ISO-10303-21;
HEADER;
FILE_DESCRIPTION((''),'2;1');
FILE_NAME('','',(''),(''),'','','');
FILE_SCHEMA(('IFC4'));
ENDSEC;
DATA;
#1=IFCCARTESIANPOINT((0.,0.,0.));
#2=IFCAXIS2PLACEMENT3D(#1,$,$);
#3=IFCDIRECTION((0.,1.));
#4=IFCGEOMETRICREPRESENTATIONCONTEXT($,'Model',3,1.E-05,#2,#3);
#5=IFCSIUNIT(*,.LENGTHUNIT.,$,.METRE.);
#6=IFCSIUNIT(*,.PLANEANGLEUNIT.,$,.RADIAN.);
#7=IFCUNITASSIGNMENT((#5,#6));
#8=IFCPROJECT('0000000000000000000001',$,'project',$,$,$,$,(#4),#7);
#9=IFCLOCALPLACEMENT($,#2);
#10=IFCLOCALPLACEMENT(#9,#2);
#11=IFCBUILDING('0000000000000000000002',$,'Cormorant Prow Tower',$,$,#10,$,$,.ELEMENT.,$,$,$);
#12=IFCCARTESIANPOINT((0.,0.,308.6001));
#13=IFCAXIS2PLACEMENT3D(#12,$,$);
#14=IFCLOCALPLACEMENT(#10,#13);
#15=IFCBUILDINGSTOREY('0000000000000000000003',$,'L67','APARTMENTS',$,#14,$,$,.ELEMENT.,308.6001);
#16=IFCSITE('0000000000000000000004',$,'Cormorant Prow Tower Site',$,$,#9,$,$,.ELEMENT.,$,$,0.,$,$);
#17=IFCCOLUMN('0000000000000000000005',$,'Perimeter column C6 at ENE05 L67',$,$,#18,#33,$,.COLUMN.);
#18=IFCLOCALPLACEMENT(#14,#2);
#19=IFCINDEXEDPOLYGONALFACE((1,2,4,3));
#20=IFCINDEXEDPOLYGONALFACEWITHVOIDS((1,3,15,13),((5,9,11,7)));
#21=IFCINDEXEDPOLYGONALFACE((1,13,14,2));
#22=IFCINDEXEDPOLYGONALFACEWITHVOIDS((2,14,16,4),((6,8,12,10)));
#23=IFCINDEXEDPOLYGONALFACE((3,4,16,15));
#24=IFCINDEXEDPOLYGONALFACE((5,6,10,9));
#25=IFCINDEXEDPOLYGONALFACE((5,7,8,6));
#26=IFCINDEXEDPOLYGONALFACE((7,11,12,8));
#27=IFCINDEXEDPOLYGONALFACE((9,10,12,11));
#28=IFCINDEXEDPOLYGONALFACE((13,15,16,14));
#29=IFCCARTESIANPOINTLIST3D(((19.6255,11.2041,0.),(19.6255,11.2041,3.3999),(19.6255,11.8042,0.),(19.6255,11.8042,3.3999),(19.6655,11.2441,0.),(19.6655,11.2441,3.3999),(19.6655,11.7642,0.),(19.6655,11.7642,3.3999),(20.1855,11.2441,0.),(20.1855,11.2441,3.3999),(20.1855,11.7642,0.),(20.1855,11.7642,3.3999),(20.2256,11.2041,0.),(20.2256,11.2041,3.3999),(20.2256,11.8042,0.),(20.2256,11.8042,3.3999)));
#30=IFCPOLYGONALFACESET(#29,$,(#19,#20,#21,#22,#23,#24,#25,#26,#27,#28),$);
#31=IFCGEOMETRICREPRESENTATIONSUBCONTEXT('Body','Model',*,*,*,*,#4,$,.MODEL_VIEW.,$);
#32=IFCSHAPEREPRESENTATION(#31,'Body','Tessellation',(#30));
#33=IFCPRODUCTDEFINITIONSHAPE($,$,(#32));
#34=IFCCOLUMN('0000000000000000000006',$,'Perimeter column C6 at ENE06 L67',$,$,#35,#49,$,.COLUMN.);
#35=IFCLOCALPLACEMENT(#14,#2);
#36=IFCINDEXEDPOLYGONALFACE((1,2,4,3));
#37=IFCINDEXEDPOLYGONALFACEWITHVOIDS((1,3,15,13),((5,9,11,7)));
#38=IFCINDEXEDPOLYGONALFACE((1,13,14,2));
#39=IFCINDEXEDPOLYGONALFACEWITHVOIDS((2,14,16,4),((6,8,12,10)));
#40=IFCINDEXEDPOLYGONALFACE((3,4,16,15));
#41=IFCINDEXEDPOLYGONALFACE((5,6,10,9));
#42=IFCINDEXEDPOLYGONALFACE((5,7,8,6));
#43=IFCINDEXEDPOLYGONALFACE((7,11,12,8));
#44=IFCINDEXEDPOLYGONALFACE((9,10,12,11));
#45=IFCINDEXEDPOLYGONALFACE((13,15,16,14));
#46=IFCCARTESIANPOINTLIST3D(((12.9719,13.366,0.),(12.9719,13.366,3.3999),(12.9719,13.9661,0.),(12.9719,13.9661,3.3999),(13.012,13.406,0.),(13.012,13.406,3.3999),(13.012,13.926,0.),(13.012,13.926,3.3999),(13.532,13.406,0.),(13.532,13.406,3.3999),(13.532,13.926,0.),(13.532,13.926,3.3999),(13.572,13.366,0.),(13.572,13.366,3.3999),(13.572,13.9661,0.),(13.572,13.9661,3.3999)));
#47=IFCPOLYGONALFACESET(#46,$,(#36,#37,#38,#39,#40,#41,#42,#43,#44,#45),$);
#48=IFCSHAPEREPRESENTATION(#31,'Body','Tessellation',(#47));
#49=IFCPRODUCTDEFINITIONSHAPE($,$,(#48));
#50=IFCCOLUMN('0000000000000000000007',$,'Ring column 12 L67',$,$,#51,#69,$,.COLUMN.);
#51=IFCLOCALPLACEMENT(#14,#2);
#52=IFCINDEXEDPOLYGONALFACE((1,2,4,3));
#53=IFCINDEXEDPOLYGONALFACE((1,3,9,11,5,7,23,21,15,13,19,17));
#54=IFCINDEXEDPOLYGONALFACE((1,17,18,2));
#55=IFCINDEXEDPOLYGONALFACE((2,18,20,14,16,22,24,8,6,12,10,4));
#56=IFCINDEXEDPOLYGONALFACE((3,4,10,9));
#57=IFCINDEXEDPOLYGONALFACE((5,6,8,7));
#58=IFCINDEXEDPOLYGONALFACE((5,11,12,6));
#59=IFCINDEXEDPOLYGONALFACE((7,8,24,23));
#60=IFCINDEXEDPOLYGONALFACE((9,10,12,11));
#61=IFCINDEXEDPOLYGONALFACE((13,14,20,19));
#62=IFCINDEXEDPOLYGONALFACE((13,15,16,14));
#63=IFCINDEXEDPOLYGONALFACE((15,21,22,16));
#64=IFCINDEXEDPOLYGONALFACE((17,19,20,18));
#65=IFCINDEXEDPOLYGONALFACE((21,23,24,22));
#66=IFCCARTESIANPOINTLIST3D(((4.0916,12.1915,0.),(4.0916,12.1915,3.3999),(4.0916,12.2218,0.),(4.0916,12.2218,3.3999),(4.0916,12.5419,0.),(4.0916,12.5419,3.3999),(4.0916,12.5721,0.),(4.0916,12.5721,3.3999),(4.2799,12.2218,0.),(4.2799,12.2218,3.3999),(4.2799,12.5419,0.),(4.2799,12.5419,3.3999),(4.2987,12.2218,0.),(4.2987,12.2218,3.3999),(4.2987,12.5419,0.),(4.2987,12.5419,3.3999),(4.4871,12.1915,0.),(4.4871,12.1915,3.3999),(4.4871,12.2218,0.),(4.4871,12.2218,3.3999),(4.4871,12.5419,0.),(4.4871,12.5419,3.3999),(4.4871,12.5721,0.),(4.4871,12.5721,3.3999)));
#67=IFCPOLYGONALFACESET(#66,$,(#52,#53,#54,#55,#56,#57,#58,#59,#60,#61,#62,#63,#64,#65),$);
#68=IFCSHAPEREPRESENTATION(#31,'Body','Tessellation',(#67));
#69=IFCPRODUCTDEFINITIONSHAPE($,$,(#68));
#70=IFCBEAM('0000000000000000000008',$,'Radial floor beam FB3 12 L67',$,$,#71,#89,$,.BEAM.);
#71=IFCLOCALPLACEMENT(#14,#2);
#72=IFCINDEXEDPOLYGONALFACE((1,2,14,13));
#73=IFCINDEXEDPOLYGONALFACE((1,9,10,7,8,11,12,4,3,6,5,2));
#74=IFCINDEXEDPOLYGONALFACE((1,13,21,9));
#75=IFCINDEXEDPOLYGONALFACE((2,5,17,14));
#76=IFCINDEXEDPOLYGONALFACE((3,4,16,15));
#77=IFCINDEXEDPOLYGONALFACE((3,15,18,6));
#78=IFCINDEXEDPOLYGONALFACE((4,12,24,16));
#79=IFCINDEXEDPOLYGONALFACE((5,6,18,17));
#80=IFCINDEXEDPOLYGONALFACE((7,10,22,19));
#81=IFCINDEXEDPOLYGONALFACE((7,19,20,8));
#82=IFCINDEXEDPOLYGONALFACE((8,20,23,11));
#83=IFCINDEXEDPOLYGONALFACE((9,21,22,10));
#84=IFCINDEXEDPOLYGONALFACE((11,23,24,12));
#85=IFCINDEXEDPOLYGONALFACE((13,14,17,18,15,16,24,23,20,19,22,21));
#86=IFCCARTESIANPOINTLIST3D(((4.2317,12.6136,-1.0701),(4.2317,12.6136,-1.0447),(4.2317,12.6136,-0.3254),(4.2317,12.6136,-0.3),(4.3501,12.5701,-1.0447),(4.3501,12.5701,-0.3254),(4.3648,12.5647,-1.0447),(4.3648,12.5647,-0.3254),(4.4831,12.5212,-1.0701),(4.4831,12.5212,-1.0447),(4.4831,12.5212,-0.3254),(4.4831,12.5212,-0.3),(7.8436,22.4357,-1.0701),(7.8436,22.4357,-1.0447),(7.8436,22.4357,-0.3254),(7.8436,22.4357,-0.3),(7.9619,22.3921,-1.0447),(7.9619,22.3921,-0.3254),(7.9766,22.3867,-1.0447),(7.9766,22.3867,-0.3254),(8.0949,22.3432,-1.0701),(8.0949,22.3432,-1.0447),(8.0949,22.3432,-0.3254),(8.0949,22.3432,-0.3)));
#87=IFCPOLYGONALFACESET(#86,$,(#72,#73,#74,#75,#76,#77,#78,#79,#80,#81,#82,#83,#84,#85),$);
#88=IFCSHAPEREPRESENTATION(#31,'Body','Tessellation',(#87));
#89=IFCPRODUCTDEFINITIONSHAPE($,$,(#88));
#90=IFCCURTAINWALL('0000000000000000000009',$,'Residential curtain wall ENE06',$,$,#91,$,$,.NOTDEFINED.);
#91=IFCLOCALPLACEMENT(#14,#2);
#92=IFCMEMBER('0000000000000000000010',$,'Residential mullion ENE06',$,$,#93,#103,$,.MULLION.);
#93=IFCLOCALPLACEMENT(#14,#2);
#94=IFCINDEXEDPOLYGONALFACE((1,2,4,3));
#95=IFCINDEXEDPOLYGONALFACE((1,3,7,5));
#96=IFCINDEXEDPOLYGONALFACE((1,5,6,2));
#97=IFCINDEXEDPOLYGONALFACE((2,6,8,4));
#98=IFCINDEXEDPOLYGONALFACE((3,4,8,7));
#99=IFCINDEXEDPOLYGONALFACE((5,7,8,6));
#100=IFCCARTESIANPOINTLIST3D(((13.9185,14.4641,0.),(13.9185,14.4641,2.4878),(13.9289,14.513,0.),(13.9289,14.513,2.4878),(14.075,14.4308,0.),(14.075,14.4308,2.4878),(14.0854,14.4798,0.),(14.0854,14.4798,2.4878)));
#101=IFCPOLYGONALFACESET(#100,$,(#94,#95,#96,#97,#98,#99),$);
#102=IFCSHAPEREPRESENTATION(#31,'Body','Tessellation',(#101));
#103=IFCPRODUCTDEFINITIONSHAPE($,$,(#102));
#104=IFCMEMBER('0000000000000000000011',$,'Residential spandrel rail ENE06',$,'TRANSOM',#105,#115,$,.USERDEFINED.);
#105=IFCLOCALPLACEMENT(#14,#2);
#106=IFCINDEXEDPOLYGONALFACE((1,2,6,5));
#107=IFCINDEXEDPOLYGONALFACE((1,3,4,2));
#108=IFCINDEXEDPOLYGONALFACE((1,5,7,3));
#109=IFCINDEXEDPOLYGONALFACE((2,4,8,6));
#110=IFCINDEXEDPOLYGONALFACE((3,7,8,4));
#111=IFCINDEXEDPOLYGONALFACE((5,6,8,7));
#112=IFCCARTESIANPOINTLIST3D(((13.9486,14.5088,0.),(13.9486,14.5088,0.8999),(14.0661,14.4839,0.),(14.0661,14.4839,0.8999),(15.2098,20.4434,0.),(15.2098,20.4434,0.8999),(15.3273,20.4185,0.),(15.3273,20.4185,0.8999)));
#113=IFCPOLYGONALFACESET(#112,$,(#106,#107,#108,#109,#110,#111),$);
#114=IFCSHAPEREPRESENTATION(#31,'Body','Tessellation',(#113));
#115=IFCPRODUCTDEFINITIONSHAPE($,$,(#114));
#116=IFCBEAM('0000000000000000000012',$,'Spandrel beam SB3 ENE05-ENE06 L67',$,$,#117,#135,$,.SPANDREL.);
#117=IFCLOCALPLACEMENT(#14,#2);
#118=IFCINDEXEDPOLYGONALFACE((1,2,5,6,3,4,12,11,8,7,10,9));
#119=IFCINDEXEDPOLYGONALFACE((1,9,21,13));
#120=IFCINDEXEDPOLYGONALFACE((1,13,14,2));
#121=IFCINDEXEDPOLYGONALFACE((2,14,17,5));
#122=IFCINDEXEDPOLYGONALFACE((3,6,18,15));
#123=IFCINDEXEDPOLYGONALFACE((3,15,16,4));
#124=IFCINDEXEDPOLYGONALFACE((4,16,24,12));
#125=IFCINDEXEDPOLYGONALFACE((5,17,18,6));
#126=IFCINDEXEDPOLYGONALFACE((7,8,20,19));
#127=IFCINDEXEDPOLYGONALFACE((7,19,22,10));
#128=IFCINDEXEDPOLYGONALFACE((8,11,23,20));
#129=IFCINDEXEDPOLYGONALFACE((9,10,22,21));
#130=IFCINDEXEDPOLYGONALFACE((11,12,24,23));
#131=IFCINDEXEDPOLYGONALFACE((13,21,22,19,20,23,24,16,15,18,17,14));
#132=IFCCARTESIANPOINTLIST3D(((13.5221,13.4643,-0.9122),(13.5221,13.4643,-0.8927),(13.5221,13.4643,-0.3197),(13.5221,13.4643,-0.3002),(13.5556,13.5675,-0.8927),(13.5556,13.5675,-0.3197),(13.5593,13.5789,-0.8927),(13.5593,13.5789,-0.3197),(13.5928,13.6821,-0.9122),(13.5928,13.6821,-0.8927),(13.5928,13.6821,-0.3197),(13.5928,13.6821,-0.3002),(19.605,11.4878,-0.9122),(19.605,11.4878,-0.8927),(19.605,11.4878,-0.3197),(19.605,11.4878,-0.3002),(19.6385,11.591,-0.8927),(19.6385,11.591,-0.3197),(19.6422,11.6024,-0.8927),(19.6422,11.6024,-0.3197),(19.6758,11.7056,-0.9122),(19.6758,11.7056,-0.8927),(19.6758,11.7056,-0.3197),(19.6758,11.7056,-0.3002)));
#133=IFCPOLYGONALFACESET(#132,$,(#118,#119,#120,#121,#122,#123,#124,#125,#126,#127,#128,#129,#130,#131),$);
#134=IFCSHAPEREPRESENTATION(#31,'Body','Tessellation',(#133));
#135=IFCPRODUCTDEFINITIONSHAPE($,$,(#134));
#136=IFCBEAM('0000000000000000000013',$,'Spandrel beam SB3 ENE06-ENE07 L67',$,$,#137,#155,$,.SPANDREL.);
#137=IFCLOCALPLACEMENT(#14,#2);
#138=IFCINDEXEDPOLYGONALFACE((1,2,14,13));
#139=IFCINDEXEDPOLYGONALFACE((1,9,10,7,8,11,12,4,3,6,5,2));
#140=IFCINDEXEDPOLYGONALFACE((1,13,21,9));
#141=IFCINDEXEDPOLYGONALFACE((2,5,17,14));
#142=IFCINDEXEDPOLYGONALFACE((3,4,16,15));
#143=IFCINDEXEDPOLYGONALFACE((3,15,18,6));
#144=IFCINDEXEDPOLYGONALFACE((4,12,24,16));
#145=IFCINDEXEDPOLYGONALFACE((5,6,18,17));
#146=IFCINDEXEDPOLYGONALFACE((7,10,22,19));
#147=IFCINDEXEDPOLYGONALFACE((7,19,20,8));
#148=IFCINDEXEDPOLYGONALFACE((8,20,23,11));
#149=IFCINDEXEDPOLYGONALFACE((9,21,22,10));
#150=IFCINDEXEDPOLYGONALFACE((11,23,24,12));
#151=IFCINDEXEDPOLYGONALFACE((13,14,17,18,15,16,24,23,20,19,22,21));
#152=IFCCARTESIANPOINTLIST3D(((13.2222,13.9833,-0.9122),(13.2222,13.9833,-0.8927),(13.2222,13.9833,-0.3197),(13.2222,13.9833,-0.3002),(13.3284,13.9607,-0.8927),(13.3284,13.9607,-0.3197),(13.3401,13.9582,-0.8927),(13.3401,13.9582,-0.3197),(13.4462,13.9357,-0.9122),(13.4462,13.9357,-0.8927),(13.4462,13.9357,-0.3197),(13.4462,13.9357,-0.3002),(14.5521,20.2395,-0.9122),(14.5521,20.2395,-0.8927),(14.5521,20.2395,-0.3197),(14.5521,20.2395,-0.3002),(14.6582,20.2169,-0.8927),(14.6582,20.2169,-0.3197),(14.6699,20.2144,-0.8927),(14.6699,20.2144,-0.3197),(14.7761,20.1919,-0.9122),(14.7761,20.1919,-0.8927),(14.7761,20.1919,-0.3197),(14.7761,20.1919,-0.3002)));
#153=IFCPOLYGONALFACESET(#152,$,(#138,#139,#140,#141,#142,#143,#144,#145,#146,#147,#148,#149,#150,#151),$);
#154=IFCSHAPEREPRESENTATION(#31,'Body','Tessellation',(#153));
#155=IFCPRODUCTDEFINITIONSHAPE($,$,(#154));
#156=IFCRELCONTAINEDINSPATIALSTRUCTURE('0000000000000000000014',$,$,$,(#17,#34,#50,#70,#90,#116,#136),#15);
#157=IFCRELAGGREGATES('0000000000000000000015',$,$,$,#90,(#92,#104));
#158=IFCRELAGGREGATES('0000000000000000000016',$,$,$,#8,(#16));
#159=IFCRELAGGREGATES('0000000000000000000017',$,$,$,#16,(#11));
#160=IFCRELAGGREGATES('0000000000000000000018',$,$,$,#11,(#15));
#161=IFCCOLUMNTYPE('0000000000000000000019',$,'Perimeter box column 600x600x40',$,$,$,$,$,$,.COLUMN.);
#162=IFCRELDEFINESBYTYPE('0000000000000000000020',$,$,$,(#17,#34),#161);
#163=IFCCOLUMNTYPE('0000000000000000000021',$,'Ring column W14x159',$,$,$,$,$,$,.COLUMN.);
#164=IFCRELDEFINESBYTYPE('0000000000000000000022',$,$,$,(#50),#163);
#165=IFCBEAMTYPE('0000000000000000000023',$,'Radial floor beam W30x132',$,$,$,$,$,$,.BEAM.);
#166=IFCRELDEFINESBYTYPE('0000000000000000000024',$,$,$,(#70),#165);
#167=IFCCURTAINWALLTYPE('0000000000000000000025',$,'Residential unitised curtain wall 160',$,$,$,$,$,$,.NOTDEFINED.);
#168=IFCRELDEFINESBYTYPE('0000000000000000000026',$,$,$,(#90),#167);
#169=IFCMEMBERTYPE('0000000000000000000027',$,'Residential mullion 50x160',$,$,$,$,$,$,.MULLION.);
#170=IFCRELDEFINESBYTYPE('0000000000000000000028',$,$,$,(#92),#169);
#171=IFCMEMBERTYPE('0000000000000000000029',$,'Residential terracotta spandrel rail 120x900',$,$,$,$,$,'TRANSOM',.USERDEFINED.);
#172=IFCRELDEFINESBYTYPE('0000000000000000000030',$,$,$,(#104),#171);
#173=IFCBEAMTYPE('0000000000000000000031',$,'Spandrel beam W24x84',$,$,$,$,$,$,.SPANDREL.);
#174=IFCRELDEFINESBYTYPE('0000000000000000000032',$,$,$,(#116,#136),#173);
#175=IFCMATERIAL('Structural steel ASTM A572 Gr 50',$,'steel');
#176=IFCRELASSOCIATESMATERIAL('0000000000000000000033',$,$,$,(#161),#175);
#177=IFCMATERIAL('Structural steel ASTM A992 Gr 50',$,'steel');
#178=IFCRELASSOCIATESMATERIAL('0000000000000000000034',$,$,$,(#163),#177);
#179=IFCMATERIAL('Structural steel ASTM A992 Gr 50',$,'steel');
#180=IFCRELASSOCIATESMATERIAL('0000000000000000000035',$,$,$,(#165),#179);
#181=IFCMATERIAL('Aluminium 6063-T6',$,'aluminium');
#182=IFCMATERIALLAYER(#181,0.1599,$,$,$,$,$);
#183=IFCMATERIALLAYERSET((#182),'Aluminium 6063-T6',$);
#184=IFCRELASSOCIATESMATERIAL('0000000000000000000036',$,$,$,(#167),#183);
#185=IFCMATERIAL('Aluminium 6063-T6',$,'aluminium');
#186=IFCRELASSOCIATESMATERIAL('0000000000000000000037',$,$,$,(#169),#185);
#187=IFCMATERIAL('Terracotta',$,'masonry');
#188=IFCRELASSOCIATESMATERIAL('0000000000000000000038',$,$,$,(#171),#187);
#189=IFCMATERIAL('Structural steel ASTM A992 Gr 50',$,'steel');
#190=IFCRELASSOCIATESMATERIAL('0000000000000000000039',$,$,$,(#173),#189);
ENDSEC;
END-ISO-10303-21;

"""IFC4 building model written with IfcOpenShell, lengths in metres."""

from ifc_helpers import new_model, si_unit, direction, frame, origin, origin_2d, place, context, subcontext, project, spatial, rectangle, hollow_rectangle, i_section, extrude, material, layer, layer_set, material_profile, profile_set, type_object, element, aggregate, save


model = new_model("IFC4")

# Units and contexts
model_context = context("Model", 3, precision=1e-05, world=origin(), true_north=direction((0.0, 1.0)))
body_context = subcontext(model_context, "Body", "Model", "MODEL_VIEW")
ifc_project = project(units=[si_unit("LENGTHUNIT", "METRE"), si_unit("PLANEANGLEUNIT", "RADIAN")], contexts=[model_context])

# Site, building, storey
site_placement = place(None, origin())
site = spatial("IfcSite", under=ifc_project, at=site_placement, Name="Cormorant Prow Tower Site", CompositionType="ELEMENT", RefElevation=0.0)
building_placement = place(site_placement, origin())
building = spatial("IfcBuilding", under=site, at=building_placement, Name="Cormorant Prow Tower", CompositionType="ELEMENT")
storey_placement = place(building_placement, frame((0.0, 0.0, 308.6001)))
storey = spatial("IfcBuildingStorey", under=building, at=storey_placement, Name="L67", Description="APARTMENTS", CompositionType="ELEMENT", Elevation=308.6001)

# Columns
ifc_material_1 = material(Name="Structural steel ASTM A572 Gr 50", Category="steel")
ifc_material_profile_1 = material_profile(ifc_material_1, hollow_rectangle(XDim=0.6001, YDim=0.6001, WallThickness=0.04, at=origin_2d()), Name="Box 600x600x40")
ifc_profile_set_1 = profile_set([ifc_material_profile_1], Name="Structural steel ASTM A572 Gr 50")
column_type_1 = type_object("IfcColumnType", Name="Perimeter box column 600x600x40", PredefinedType="COLUMN", material=ifc_profile_set_1)
for number, where, z_axis, x_axis, name in (
    (1, (19.9255, 11.5042, 0.0), (0.0, 0.0, 1.0), (1.0, 0.0, 0.0), "Perimeter column C6 at ENE05 L67"),
    (2, (13.272, 13.666, 0.0), (0.0, 0.0, 1.0), (1.0, 0.0, 0.0), "Perimeter column C6 at ENE06 L67"),
):
    element("IfcColumn", number, at=place(storey_placement, frame(where, z_axis=z_axis, x_axis=x_axis)), inside=storey, type_object=column_type_1, Name=name, PredefinedType="COLUMN", context=body_context, shape_type="SweptSolid", body=[
        extrude(hollow_rectangle(XDim=0.6001, YDim=0.6001, WallThickness=0.04, at=origin_2d()), origin(), (0.0, 0.0, 1.0), 3.3999),
    ])
ifc_material_2 = material(Name="Structural steel ASTM A992 Gr 50", Category="steel")
ifc_material_profile_2 = material_profile(ifc_material_2, i_section(OverallWidth=0.3955, OverallDepth=0.3806, WebThickness=0.0188, FlangeThickness=0.0303, at=origin_2d()), Name="W14x159")
ifc_profile_set_2 = profile_set([ifc_material_profile_2], Name="Structural steel ASTM A992 Gr 50")
column_type_2 = type_object("IfcColumnType", Name="Ring column W14x159", PredefinedType="COLUMN", material=ifc_profile_set_2)
column_placement = place(storey_placement, frame((4.2893, 12.3818, 0.0), z_axis=(0.0, 0.0, 1.0), x_axis=(1.0, 0.0, 0.0)))
element("IfcColumn", 3, at=column_placement, inside=storey, type_object=column_type_2, Name="Ring column 12 L67", PredefinedType="COLUMN", context=body_context, shape_type="SweptSolid", body=[
    extrude(i_section(OverallWidth=0.3955, OverallDepth=0.3806, WebThickness=0.0188, FlangeThickness=0.0303, at=origin_2d()), origin(), (0.0, 0.0, 1.0), 3.3999),
])

# Beam
ifc_material_3 = material(Name="Structural steel ASTM A992 Gr 50", Category="steel")
ifc_material_profile_3 = material_profile(ifc_material_3, i_section(OverallWidth=0.2678, OverallDepth=0.77, WebThickness=0.0156, FlangeThickness=0.0254, at=origin_2d()), Name="W30x132")
ifc_profile_set_3 = profile_set([ifc_material_profile_3], Name="Structural steel ASTM A992 Gr 50")
beam_type_1 = type_object("IfcBeamType", Name="Radial floor beam W30x132", PredefinedType="BEAM", material=ifc_profile_set_3)
beam_placement = place(storey_placement, frame((4.3574, 12.5674, -0.6851), z_axis=(0.345131, 0.938554, 0.0), x_axis=(-0.938554, 0.345131, 0.0)))
element("IfcBeam", 4, at=beam_placement, inside=storey, type_object=beam_type_1, Name="Radial floor beam FB3 12 L67", PredefinedType="BEAM", context=body_context, shape_type="SweptSolid", body=[
    extrude(i_section(OverallWidth=0.2678, OverallDepth=0.77, WebThickness=0.0156, FlangeThickness=0.0254, at=origin_2d()), origin(), (0.0, 0.0, 1.0), 10.4651),
])

# Curtain wall, members
ifc_material_4 = material(Name="Aluminium 6063-T6", Category="aluminium")
ifc_layer_1 = layer(ifc_material_4, 0.1599)
ifc_layer_set_1 = layer_set([ifc_layer_1], Name="Aluminium 6063-T6")
curtain_wall_type = type_object("IfcCurtainWallType", Name="Residential unitised curtain wall 160", PredefinedType="NOTDEFINED", material=ifc_layer_set_1)
curtain_wall_placement = place(storey_placement, origin())
curtain_wall = element("IfcCurtainWall", 5, at=curtain_wall_placement, inside=storey, type_object=curtain_wall_type, Name="Residential curtain wall ENE06", PredefinedType="NOTDEFINED")
ifc_material_5 = material(Name="Aluminium 6063-T6", Category="aluminium")
ifc_material_profile_4 = material_profile(ifc_material_5, rectangle(XDim=0.1599, YDim=0.05, at=origin_2d()), Name="Residential mullion 50x160")
ifc_profile_set_4 = profile_set([ifc_material_profile_4], Name="Aluminium 6063-T6")
member_type_1 = type_object("IfcMemberType", Name="Residential mullion 50x160", PredefinedType="MULLION", material=ifc_profile_set_4)
member_1_placement = place(storey_placement, frame((14.002, 14.4719, 0.0), z_axis=(0.0, 0.0, 1.0), x_axis=(-0.978148, 0.207912, 0.0)))
member_1 = element("IfcMember", 6, at=member_1_placement, type_object=member_type_1, Name="Residential mullion ENE06", PredefinedType="MULLION", context=body_context, shape_type="SweptSolid", body=[
    extrude(rectangle(XDim=0.1599, YDim=0.05, at=origin_2d()), origin(), (0.0, 0.0, 1.0), 2.4878),
])
ifc_material_6 = material(Name="Terracotta", Category="masonry")
ifc_material_profile_5 = material_profile(ifc_material_6, rectangle(XDim=0.1201, YDim=0.8999, at=origin_2d()), Name="Residential terracotta spandrel rail 120x900")
ifc_profile_set_5 = profile_set([ifc_material_profile_5], Name="Terracotta")
member_type_2 = type_object("IfcMemberType", Name="Residential terracotta spandrel rail 120x900", ElementType="TRANSOM", PredefinedType="USERDEFINED", material=ifc_profile_set_5)
member_2_placement = place(storey_placement, frame((14.0073, 14.4963, 0.45), z_axis=(0.20788, 0.978154, 0.0), x_axis=(-0.978154, 0.20788, 0.0)))
member_2 = element("IfcMember", 7, at=member_2_placement, type_object=member_type_2, Name="Residential spandrel rail ENE06", ObjectType="TRANSOM", PredefinedType="USERDEFINED", context=body_context, shape_type="SweptSolid", body=[
    extrude(rectangle(XDim=0.1201, YDim=0.8999, at=origin_2d()), origin(), (0.0, 0.0, 1.0), 6.0671),
])
aggregate(curtain_wall, [member_1, member_2])

# Beams
ifc_material_7 = material(Name="Structural steel ASTM A992 Gr 50", Category="steel")
ifc_material_profile_6 = material_profile(ifc_material_7, i_section(OverallWidth=0.229, OverallDepth=0.6121, WebThickness=0.012, FlangeThickness=0.0195, at=origin_2d()), Name="W24x84")
ifc_profile_set_6 = profile_set([ifc_material_profile_6], Name="Structural steel ASTM A992 Gr 50")
beam_type_2 = type_object("IfcBeamType", Name="Spandrel beam W24x84", PredefinedType="SPANDREL", material=ifc_profile_set_6)
for number, where, z_axis, x_axis, name in (
    (8, (19.6404, 11.5967, -0.6062), (-0.951053, 0.309027, 0.0), (-0.309027, -0.951053, 0.0), "Spandrel beam SB3 ENE05-ENE06 L67"),
    (9, (13.3342, 13.9595, -0.6062), (0.20792, 0.978146, 0.0), (-0.978146, 0.20792, 0.0), "Spandrel beam SB3 ENE06-ENE07 L67"),
):
    element("IfcBeam", number, at=place(storey_placement, frame(where, z_axis=z_axis, x_axis=x_axis)), inside=storey, type_object=beam_type_2, Name=name, PredefinedType="SPANDREL", context=body_context, shape_type="SweptSolid", body=[
        extrude(i_section(OverallWidth=0.229, OverallDepth=0.6121, WebThickness=0.012, FlangeThickness=0.0195, at=origin_2d()), origin(), (0.0, 0.0, 1.0), 6.396),
    ])

save(model, "model.ifc")
